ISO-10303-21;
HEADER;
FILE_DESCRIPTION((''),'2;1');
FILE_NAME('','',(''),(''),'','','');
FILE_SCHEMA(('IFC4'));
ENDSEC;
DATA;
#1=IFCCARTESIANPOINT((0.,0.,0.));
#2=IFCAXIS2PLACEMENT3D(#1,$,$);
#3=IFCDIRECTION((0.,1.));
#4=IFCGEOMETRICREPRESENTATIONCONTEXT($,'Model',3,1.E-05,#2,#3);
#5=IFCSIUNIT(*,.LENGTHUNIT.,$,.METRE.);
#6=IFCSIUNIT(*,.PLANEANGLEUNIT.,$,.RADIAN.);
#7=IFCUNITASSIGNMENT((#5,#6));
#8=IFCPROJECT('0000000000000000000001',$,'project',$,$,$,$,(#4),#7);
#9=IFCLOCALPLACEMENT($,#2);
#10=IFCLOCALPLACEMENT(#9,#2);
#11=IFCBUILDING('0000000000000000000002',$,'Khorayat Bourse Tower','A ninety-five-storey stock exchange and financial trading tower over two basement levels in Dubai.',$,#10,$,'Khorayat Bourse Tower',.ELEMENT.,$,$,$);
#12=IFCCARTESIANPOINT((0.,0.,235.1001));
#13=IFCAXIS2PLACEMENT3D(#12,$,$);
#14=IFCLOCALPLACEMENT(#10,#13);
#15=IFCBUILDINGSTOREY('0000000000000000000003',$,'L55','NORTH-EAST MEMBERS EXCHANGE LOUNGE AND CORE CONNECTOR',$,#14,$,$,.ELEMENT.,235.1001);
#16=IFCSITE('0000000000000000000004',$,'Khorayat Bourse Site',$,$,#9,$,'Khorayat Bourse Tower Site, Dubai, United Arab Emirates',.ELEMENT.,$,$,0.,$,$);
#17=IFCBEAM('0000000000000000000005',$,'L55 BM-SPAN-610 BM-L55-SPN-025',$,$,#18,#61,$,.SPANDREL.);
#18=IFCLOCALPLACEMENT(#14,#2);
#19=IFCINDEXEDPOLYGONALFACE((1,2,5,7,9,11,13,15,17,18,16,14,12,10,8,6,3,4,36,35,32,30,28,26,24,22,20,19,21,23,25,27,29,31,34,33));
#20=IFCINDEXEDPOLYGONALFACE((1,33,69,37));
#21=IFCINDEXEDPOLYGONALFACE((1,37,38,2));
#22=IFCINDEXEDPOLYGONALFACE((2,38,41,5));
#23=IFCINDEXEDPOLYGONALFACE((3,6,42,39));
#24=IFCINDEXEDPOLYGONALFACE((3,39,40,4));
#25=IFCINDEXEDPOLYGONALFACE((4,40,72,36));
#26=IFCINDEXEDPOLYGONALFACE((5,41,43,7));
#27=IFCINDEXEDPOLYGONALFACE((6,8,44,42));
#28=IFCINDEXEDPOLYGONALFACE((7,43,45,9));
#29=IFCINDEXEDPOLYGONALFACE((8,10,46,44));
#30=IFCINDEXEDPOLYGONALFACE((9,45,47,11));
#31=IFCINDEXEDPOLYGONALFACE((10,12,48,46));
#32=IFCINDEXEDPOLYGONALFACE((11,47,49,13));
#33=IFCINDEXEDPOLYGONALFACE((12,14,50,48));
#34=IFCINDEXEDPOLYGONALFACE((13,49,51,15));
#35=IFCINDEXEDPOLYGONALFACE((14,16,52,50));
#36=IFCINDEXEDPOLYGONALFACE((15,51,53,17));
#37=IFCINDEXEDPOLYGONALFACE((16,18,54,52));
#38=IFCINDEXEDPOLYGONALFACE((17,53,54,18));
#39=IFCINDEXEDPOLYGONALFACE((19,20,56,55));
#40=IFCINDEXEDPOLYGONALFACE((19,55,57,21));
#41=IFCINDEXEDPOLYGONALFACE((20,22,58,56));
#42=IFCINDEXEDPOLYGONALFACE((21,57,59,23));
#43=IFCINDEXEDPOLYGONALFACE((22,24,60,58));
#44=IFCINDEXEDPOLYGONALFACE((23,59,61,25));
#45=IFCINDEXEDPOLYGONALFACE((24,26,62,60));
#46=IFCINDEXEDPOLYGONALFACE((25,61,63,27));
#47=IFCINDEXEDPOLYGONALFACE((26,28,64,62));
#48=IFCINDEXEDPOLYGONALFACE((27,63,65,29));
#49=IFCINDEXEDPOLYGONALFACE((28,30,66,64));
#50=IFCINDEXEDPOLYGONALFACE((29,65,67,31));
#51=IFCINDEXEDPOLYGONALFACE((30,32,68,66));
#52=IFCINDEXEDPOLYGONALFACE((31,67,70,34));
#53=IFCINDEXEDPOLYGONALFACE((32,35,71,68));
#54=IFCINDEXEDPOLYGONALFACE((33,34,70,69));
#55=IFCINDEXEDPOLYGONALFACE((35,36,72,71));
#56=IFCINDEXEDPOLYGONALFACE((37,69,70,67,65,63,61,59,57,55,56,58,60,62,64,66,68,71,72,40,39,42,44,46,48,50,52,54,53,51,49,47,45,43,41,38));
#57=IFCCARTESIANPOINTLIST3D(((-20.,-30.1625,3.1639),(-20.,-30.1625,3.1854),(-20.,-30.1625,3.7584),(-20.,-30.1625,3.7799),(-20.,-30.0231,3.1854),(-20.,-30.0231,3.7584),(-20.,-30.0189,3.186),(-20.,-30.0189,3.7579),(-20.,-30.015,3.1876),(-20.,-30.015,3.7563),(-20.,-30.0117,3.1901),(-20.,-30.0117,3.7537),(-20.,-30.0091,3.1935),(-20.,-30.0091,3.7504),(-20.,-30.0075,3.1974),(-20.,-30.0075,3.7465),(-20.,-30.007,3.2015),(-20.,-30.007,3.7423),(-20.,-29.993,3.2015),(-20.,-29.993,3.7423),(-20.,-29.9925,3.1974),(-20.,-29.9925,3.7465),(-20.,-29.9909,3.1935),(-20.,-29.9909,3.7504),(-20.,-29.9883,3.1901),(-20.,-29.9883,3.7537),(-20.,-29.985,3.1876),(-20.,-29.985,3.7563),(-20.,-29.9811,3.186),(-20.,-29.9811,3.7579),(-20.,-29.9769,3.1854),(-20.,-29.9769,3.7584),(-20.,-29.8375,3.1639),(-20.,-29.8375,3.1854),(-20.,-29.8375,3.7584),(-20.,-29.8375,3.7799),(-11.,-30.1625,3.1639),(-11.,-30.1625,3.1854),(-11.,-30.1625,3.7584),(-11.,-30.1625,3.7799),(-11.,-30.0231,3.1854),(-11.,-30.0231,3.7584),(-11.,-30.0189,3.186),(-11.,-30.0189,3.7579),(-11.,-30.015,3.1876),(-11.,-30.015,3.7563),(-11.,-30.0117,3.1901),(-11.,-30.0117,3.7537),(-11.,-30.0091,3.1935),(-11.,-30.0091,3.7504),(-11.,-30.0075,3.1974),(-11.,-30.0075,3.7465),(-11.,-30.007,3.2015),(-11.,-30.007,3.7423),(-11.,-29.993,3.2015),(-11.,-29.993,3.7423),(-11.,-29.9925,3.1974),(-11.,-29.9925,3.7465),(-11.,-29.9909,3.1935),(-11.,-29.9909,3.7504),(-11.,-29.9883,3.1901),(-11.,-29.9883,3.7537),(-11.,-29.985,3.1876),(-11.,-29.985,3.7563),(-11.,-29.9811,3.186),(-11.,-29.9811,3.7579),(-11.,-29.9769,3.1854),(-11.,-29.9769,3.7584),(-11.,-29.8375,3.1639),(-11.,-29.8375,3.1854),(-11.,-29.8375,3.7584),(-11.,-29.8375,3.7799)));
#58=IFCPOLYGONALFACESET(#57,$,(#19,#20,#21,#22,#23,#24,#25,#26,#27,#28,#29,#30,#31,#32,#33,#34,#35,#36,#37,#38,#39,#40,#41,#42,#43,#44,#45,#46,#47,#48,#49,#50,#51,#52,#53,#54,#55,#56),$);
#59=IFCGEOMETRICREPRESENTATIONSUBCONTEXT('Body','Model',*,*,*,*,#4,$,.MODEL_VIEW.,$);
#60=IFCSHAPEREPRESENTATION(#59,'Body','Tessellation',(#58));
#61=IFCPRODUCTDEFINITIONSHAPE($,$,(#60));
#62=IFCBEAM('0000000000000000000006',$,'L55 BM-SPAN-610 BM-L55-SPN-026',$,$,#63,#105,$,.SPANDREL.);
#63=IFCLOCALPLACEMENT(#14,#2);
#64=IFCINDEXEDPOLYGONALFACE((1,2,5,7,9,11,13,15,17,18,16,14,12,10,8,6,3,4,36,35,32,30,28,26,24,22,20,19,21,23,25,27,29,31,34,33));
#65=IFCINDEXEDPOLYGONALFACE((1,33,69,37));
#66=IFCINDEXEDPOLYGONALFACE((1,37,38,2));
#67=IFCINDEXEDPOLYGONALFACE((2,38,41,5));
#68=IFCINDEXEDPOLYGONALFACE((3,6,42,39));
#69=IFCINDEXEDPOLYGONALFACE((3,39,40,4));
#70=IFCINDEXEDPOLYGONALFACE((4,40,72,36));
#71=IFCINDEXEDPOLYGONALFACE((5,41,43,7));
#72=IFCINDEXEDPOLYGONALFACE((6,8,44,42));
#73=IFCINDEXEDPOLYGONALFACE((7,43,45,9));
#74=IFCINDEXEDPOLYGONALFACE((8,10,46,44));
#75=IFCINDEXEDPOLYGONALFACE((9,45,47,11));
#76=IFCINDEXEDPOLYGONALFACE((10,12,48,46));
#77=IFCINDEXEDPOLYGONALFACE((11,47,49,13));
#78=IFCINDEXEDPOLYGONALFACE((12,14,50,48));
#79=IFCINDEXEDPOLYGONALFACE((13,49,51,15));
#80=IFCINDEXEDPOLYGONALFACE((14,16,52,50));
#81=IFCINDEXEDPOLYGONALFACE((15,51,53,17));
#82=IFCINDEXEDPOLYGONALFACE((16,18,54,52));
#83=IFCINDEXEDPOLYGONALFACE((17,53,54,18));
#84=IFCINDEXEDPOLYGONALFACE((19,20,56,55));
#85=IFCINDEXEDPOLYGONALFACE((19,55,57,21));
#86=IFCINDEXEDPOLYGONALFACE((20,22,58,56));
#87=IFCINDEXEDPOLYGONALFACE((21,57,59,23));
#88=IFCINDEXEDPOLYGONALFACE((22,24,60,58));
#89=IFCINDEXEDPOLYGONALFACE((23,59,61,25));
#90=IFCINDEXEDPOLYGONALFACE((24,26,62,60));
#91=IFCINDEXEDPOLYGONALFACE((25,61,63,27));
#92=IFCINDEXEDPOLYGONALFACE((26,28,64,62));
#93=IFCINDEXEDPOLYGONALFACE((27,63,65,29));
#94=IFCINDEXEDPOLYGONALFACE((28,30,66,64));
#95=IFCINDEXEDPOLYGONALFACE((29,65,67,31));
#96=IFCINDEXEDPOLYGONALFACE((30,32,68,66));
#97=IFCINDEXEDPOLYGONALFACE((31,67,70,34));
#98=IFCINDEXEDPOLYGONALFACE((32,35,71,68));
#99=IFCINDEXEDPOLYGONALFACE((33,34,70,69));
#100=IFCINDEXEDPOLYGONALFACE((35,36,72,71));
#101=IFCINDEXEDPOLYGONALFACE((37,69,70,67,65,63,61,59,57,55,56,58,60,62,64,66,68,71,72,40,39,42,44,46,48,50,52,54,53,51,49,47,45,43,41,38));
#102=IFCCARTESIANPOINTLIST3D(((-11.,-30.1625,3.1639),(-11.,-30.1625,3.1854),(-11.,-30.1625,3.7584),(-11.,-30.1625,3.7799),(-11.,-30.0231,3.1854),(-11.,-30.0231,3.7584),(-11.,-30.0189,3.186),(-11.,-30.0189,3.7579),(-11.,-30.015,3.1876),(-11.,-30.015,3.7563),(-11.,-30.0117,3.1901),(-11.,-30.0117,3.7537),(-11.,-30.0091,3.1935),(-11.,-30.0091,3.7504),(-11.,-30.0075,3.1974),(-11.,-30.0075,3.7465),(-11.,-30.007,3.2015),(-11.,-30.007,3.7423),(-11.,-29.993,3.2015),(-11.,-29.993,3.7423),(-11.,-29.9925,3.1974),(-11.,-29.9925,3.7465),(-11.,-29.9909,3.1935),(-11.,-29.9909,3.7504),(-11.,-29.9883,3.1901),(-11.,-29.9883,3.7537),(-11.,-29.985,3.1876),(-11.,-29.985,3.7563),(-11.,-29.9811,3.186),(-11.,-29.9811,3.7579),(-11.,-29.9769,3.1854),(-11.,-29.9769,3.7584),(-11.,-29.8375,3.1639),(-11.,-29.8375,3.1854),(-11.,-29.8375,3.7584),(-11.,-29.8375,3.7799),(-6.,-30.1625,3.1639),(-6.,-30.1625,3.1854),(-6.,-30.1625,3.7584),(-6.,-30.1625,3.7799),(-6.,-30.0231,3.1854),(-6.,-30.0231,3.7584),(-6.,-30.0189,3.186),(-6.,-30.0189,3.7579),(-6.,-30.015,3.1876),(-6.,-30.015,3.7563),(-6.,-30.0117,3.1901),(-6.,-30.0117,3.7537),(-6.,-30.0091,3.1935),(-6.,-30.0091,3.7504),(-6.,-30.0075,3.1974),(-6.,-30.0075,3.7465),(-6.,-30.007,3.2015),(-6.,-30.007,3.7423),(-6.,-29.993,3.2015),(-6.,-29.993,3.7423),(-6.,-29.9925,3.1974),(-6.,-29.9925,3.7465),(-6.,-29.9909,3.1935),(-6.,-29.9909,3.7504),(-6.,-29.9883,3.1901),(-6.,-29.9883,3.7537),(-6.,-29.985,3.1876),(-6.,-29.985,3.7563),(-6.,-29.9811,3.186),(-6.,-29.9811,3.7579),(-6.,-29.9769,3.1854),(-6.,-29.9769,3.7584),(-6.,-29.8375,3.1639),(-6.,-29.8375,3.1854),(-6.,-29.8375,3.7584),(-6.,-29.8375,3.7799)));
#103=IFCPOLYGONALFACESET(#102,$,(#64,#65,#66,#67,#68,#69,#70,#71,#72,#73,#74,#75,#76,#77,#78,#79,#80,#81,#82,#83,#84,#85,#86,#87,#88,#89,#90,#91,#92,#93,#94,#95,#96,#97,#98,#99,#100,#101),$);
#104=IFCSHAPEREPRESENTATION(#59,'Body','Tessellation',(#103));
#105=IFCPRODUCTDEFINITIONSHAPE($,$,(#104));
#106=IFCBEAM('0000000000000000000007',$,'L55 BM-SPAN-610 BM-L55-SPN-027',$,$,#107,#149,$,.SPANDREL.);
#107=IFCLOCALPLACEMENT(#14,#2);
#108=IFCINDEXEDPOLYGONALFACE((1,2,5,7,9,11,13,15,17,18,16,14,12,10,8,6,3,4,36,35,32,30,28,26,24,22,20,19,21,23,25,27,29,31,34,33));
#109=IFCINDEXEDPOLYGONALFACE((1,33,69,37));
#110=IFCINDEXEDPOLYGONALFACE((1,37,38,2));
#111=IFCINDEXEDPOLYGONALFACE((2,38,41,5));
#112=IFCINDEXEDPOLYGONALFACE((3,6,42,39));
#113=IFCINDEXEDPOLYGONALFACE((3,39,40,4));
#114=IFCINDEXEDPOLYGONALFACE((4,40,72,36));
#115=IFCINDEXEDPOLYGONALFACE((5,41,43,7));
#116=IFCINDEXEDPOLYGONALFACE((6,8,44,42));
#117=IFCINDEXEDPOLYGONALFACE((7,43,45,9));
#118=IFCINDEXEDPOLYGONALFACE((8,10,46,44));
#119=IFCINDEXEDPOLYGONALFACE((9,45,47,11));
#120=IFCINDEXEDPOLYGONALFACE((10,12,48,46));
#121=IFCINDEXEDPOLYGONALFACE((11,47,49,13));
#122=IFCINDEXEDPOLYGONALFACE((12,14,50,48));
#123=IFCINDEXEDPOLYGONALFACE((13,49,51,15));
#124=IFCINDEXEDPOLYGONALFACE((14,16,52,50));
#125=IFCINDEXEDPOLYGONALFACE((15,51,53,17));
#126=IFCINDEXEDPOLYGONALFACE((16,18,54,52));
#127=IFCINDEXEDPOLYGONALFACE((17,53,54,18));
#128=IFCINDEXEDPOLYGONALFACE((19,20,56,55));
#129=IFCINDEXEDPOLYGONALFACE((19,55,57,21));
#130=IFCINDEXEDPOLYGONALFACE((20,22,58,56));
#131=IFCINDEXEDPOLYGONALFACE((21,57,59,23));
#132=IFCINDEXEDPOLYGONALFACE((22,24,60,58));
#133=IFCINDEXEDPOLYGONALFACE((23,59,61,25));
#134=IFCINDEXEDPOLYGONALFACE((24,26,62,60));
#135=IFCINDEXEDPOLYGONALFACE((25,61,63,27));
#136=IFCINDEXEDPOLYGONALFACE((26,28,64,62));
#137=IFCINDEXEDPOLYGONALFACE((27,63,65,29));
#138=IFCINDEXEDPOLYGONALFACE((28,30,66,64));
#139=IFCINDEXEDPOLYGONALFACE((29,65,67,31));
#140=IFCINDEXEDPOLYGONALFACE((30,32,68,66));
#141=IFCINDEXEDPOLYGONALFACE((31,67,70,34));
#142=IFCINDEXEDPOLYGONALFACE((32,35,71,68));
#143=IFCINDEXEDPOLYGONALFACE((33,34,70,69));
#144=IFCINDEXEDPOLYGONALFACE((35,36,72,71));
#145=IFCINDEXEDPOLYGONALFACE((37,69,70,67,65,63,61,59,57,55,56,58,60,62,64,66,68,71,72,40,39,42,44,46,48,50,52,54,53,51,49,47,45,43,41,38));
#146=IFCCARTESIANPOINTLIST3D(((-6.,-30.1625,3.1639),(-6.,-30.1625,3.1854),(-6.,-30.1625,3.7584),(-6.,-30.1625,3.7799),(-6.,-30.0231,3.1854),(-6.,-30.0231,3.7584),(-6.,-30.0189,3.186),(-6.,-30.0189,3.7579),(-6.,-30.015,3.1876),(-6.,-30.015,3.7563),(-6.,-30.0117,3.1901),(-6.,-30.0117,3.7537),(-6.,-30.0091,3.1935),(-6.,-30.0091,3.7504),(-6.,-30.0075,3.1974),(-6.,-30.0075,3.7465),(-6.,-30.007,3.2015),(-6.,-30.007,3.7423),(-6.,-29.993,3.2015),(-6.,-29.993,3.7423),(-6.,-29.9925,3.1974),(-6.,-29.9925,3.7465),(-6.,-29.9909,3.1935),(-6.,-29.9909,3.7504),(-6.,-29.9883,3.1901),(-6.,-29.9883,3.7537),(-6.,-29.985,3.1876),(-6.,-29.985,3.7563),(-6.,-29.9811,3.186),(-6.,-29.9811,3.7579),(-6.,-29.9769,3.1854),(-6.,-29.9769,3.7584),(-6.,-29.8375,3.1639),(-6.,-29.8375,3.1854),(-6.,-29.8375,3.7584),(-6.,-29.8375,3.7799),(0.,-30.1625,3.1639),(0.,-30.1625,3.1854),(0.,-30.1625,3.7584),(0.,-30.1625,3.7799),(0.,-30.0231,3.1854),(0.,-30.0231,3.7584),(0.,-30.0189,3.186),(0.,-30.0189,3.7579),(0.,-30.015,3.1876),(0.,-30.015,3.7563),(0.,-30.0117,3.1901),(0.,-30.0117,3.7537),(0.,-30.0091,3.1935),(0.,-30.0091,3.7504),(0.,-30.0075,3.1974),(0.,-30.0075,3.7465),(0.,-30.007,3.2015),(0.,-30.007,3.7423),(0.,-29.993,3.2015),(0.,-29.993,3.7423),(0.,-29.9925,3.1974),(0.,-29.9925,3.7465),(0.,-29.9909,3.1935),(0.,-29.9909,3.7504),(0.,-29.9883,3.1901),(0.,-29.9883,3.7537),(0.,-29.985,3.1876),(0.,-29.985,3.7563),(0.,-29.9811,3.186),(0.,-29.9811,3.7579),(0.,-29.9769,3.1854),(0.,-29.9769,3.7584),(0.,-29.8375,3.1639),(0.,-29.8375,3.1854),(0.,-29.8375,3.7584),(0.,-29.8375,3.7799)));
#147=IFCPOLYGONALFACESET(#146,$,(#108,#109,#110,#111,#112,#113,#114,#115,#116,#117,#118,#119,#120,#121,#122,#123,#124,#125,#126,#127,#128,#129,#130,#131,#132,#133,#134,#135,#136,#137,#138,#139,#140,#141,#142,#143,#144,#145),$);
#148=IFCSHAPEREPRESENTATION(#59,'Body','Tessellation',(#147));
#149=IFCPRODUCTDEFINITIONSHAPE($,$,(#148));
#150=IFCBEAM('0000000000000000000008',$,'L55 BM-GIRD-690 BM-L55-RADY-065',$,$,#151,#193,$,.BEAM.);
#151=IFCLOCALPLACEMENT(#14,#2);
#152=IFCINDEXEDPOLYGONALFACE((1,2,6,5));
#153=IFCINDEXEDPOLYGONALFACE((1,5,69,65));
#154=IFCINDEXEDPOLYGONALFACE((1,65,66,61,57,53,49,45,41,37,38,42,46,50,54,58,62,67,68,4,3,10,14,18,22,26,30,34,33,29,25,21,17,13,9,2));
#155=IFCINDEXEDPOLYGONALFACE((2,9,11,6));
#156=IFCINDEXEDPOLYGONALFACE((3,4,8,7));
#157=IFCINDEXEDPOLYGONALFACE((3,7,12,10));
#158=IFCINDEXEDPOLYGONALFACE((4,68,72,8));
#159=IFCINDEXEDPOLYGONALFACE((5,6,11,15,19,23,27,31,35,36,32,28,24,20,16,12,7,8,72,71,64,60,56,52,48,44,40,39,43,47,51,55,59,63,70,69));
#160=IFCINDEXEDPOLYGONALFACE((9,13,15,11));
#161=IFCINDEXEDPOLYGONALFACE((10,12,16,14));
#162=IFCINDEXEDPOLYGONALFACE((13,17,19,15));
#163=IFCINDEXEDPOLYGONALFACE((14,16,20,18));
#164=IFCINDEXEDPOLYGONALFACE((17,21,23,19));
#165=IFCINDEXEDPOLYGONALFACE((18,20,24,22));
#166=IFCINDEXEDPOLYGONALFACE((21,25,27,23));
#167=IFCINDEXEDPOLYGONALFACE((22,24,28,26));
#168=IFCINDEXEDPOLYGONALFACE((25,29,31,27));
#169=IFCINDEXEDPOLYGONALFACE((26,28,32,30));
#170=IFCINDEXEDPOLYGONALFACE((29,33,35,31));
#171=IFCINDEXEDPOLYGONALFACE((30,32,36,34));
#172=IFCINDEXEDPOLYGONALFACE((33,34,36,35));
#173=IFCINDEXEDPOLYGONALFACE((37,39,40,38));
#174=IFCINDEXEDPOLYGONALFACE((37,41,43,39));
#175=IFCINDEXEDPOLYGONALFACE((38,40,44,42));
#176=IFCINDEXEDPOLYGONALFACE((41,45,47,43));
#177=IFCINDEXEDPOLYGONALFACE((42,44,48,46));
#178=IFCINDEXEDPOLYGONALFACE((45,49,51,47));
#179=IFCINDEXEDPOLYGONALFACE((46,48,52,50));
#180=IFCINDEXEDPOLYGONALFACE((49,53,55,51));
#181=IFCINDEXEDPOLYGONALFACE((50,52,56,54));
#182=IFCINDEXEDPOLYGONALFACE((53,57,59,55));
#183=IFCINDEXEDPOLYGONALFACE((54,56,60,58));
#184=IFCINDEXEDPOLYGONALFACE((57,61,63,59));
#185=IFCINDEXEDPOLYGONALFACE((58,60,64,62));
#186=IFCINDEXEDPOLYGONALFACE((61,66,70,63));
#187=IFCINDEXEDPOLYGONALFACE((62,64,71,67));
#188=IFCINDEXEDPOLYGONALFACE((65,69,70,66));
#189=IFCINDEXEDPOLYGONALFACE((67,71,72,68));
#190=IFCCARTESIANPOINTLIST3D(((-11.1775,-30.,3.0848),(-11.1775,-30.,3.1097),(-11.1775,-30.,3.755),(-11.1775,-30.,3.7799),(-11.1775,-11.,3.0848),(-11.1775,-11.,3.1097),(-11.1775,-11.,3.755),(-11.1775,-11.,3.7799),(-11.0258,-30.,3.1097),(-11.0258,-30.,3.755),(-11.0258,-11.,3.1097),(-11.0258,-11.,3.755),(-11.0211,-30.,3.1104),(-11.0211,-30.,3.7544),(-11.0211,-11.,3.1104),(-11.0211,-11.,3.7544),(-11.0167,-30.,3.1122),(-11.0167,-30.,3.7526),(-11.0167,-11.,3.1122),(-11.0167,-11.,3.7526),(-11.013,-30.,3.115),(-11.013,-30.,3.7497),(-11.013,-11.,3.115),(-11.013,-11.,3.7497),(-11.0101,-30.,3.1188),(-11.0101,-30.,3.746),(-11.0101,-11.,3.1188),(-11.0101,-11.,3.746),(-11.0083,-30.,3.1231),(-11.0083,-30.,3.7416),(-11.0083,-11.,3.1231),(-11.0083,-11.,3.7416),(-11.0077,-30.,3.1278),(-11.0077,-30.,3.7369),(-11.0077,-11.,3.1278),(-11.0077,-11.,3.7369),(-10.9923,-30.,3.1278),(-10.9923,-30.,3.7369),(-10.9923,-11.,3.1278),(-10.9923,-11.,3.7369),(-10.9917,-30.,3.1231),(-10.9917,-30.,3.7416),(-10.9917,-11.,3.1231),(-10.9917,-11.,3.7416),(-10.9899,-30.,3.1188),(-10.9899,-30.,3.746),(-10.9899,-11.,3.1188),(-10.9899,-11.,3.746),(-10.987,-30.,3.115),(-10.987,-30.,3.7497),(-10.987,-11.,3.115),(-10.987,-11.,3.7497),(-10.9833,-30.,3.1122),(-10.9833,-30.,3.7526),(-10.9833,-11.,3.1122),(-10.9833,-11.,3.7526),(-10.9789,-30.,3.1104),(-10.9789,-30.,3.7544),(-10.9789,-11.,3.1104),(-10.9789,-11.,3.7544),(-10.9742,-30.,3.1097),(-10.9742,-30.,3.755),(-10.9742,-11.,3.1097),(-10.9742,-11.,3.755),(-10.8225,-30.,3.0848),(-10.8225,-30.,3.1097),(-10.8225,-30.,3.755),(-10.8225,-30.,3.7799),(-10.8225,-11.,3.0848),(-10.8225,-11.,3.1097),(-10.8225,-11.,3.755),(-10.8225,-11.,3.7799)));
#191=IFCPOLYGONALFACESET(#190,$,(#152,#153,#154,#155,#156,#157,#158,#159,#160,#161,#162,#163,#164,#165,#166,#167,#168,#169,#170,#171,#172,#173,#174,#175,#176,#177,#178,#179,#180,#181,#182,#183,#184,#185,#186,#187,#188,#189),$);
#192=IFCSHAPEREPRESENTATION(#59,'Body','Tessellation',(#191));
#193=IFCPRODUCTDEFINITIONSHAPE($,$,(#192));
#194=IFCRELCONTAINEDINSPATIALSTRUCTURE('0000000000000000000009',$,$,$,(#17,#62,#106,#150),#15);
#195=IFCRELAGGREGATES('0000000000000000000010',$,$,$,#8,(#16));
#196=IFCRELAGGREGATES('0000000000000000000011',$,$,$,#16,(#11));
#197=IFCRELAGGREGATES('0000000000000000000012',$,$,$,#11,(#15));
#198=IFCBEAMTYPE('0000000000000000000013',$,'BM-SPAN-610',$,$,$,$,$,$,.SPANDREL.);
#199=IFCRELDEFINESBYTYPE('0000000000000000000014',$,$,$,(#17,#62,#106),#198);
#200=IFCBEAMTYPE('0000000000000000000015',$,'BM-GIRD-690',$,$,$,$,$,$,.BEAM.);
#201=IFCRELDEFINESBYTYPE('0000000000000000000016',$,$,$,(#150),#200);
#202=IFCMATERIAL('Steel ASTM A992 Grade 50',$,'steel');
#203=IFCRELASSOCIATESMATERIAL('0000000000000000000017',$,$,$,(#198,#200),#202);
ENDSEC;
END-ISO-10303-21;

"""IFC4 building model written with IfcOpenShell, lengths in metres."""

from ifc_helpers import new_model, si_unit, direction, frame, origin, origin_2d, place, context, subcontext, project, spatial, i_section, extrude, source, transform, mapped, material, material_profile, profile_set, type_object, element, save


model = new_model("IFC4")

# Units and contexts
model_context = context("Model", 3, precision=1e-05, world=origin(), true_north=direction((0.0, 1.0)))
body_context = subcontext(model_context, "Body", "Model", "MODEL_VIEW")
ifc_project = project(units=[si_unit("LENGTHUNIT", "METRE"), si_unit("PLANEANGLEUNIT", "RADIAN")], contexts=[model_context])

# Site, building, storey
site_placement = place(None, origin())
site = spatial("IfcSite", under=ifc_project, at=site_placement, Name="Khorayat Bourse Site", LongName="Khorayat Bourse Tower Site, Dubai, United Arab Emirates", CompositionType="ELEMENT", RefElevation=0.0)
building_placement = place(site_placement, origin())
building = spatial("IfcBuilding", under=site, at=building_placement, Name="Khorayat Bourse Tower", Description="A ninety-five-storey stock exchange and financial trading tower over two basement levels in Dubai.", LongName="Khorayat Bourse Tower", CompositionType="ELEMENT")
storey_placement = place(building_placement, frame((0.0, 0.0, 235.1001)))
storey = spatial("IfcBuildingStorey", under=building, at=storey_placement, Name="L55", Description="NORTH-EAST MEMBERS EXCHANGE LOUNGE AND CORE CONNECTOR", CompositionType="ELEMENT", Elevation=235.1001)

# Beams
ifc_material_1 = material(Name="Steel ASTM A992 Grade 50", Category="steel")
ifc_material_profile_1 = material_profile(ifc_material_1, i_section(OverallWidth=0.325, OverallDepth=0.616, WebThickness=0.0139, FlangeThickness=0.0215, FilletRadius=0.0161, at=origin_2d()), Name="W610X174")
ifc_profile_set_1 = profile_set([ifc_material_profile_1], Name="Steel ASTM A992 Grade 50")
beam_type_1 = type_object("IfcBeamType", Name="BM-SPAN-610", PredefinedType="SPANDREL", material=ifc_profile_set_1)
shared_shape_1 = source(origin(), body_context, "Body", "SweptSolid", [
    extrude(i_section(OverallWidth=0.325, OverallDepth=0.616, WebThickness=0.0139, FlangeThickness=0.0215, FilletRadius=0.0161, at=origin_2d()), origin(), (0.0, 0.0, 1.0), 9.0),
])
beam_1_placement = place(storey_placement, frame((-20.0, -30.0, 3.4719), z_axis=(1.0, 0.0, 0.0), x_axis=(0.0, 1.0, 0.0)))
element("IfcBeam", 1, at=beam_1_placement, inside=storey, type_object=beam_type_1, Name="L55 BM-SPAN-610 BM-L55-SPN-025", PredefinedType="SPANDREL", context=body_context, shape_type="MappedRepresentation", body=[
    mapped(shared_shape_1, transform((0.0, 0.0, 0.0), scale=1.0)),
])
shared_shape_2 = source(origin(), body_context, "Body", "SweptSolid", [
    extrude(i_section(OverallWidth=0.325, OverallDepth=0.616, WebThickness=0.0139, FlangeThickness=0.0215, FilletRadius=0.0161, at=origin_2d()), origin(), (0.0, 0.0, 1.0), 5.0),
])
beam_2_placement = place(storey_placement, frame((-11.0, -30.0, 3.4719), z_axis=(1.0, 0.0, 0.0), x_axis=(0.0, 1.0, 0.0)))
element("IfcBeam", 2, at=beam_2_placement, inside=storey, type_object=beam_type_1, Name="L55 BM-SPAN-610 BM-L55-SPN-026", PredefinedType="SPANDREL", context=body_context, shape_type="MappedRepresentation", body=[
    mapped(shared_shape_2, transform((0.0, 0.0, 0.0), scale=1.0)),
])
shared_shape_3 = source(origin(), body_context, "Body", "SweptSolid", [
    extrude(i_section(OverallWidth=0.325, OverallDepth=0.616, WebThickness=0.0139, FlangeThickness=0.0215, FilletRadius=0.0161, at=origin_2d()), origin(), (0.0, 0.0, 1.0), 6.0),
])
beam_3_placement = place(storey_placement, frame((-6.0, -30.0, 3.4719), z_axis=(1.0, 0.0, 0.0), x_axis=(0.0, 1.0, 0.0)))
element("IfcBeam", 3, at=beam_3_placement, inside=storey, type_object=beam_type_1, Name="L55 BM-SPAN-610 BM-L55-SPN-027", PredefinedType="SPANDREL", context=body_context, shape_type="MappedRepresentation", body=[
    mapped(shared_shape_3, transform((0.0, 0.0, 0.0), scale=1.0)),
])
ifc_material_profile_2 = material_profile(ifc_material_1, i_section(OverallWidth=0.355, OverallDepth=0.6951, WebThickness=0.0154, FlangeThickness=0.0249, FilletRadius=0.0181, at=origin_2d()), Name="W690X217")
ifc_profile_set_2 = profile_set([ifc_material_profile_2], Name="Steel ASTM A992 Grade 50")
beam_type_2 = type_object("IfcBeamType", Name="BM-GIRD-690", PredefinedType="BEAM", material=ifc_profile_set_2)
shared_shape_4 = source(origin(), body_context, "Body", "SweptSolid", [
    extrude(i_section(OverallWidth=0.355, OverallDepth=0.6951, WebThickness=0.0154, FlangeThickness=0.0249, FilletRadius=0.0181, at=origin_2d()), origin(), (0.0, 0.0, 1.0), 19.0),
])
for number, where, z_axis, x_axis, name in (
    (4, (-11.0, -30.0, 3.4324), (0.0, 1.0, 0.0), (-1.0, 0.0, 0.0), "L55 BM-GIRD-690 BM-L55-RADY-065"),
):
    element("IfcBeam", number, at=place(storey_placement, frame(where, z_axis=z_axis, x_axis=x_axis)), inside=storey, type_object=beam_type_2, Name=name, PredefinedType="BEAM", context=body_context, shape_type="MappedRepresentation", body=[
        mapped(shared_shape_4, transform((0.0, 0.0, 0.0), scale=1.0)),
    ])

save(model, "model.ifc")
